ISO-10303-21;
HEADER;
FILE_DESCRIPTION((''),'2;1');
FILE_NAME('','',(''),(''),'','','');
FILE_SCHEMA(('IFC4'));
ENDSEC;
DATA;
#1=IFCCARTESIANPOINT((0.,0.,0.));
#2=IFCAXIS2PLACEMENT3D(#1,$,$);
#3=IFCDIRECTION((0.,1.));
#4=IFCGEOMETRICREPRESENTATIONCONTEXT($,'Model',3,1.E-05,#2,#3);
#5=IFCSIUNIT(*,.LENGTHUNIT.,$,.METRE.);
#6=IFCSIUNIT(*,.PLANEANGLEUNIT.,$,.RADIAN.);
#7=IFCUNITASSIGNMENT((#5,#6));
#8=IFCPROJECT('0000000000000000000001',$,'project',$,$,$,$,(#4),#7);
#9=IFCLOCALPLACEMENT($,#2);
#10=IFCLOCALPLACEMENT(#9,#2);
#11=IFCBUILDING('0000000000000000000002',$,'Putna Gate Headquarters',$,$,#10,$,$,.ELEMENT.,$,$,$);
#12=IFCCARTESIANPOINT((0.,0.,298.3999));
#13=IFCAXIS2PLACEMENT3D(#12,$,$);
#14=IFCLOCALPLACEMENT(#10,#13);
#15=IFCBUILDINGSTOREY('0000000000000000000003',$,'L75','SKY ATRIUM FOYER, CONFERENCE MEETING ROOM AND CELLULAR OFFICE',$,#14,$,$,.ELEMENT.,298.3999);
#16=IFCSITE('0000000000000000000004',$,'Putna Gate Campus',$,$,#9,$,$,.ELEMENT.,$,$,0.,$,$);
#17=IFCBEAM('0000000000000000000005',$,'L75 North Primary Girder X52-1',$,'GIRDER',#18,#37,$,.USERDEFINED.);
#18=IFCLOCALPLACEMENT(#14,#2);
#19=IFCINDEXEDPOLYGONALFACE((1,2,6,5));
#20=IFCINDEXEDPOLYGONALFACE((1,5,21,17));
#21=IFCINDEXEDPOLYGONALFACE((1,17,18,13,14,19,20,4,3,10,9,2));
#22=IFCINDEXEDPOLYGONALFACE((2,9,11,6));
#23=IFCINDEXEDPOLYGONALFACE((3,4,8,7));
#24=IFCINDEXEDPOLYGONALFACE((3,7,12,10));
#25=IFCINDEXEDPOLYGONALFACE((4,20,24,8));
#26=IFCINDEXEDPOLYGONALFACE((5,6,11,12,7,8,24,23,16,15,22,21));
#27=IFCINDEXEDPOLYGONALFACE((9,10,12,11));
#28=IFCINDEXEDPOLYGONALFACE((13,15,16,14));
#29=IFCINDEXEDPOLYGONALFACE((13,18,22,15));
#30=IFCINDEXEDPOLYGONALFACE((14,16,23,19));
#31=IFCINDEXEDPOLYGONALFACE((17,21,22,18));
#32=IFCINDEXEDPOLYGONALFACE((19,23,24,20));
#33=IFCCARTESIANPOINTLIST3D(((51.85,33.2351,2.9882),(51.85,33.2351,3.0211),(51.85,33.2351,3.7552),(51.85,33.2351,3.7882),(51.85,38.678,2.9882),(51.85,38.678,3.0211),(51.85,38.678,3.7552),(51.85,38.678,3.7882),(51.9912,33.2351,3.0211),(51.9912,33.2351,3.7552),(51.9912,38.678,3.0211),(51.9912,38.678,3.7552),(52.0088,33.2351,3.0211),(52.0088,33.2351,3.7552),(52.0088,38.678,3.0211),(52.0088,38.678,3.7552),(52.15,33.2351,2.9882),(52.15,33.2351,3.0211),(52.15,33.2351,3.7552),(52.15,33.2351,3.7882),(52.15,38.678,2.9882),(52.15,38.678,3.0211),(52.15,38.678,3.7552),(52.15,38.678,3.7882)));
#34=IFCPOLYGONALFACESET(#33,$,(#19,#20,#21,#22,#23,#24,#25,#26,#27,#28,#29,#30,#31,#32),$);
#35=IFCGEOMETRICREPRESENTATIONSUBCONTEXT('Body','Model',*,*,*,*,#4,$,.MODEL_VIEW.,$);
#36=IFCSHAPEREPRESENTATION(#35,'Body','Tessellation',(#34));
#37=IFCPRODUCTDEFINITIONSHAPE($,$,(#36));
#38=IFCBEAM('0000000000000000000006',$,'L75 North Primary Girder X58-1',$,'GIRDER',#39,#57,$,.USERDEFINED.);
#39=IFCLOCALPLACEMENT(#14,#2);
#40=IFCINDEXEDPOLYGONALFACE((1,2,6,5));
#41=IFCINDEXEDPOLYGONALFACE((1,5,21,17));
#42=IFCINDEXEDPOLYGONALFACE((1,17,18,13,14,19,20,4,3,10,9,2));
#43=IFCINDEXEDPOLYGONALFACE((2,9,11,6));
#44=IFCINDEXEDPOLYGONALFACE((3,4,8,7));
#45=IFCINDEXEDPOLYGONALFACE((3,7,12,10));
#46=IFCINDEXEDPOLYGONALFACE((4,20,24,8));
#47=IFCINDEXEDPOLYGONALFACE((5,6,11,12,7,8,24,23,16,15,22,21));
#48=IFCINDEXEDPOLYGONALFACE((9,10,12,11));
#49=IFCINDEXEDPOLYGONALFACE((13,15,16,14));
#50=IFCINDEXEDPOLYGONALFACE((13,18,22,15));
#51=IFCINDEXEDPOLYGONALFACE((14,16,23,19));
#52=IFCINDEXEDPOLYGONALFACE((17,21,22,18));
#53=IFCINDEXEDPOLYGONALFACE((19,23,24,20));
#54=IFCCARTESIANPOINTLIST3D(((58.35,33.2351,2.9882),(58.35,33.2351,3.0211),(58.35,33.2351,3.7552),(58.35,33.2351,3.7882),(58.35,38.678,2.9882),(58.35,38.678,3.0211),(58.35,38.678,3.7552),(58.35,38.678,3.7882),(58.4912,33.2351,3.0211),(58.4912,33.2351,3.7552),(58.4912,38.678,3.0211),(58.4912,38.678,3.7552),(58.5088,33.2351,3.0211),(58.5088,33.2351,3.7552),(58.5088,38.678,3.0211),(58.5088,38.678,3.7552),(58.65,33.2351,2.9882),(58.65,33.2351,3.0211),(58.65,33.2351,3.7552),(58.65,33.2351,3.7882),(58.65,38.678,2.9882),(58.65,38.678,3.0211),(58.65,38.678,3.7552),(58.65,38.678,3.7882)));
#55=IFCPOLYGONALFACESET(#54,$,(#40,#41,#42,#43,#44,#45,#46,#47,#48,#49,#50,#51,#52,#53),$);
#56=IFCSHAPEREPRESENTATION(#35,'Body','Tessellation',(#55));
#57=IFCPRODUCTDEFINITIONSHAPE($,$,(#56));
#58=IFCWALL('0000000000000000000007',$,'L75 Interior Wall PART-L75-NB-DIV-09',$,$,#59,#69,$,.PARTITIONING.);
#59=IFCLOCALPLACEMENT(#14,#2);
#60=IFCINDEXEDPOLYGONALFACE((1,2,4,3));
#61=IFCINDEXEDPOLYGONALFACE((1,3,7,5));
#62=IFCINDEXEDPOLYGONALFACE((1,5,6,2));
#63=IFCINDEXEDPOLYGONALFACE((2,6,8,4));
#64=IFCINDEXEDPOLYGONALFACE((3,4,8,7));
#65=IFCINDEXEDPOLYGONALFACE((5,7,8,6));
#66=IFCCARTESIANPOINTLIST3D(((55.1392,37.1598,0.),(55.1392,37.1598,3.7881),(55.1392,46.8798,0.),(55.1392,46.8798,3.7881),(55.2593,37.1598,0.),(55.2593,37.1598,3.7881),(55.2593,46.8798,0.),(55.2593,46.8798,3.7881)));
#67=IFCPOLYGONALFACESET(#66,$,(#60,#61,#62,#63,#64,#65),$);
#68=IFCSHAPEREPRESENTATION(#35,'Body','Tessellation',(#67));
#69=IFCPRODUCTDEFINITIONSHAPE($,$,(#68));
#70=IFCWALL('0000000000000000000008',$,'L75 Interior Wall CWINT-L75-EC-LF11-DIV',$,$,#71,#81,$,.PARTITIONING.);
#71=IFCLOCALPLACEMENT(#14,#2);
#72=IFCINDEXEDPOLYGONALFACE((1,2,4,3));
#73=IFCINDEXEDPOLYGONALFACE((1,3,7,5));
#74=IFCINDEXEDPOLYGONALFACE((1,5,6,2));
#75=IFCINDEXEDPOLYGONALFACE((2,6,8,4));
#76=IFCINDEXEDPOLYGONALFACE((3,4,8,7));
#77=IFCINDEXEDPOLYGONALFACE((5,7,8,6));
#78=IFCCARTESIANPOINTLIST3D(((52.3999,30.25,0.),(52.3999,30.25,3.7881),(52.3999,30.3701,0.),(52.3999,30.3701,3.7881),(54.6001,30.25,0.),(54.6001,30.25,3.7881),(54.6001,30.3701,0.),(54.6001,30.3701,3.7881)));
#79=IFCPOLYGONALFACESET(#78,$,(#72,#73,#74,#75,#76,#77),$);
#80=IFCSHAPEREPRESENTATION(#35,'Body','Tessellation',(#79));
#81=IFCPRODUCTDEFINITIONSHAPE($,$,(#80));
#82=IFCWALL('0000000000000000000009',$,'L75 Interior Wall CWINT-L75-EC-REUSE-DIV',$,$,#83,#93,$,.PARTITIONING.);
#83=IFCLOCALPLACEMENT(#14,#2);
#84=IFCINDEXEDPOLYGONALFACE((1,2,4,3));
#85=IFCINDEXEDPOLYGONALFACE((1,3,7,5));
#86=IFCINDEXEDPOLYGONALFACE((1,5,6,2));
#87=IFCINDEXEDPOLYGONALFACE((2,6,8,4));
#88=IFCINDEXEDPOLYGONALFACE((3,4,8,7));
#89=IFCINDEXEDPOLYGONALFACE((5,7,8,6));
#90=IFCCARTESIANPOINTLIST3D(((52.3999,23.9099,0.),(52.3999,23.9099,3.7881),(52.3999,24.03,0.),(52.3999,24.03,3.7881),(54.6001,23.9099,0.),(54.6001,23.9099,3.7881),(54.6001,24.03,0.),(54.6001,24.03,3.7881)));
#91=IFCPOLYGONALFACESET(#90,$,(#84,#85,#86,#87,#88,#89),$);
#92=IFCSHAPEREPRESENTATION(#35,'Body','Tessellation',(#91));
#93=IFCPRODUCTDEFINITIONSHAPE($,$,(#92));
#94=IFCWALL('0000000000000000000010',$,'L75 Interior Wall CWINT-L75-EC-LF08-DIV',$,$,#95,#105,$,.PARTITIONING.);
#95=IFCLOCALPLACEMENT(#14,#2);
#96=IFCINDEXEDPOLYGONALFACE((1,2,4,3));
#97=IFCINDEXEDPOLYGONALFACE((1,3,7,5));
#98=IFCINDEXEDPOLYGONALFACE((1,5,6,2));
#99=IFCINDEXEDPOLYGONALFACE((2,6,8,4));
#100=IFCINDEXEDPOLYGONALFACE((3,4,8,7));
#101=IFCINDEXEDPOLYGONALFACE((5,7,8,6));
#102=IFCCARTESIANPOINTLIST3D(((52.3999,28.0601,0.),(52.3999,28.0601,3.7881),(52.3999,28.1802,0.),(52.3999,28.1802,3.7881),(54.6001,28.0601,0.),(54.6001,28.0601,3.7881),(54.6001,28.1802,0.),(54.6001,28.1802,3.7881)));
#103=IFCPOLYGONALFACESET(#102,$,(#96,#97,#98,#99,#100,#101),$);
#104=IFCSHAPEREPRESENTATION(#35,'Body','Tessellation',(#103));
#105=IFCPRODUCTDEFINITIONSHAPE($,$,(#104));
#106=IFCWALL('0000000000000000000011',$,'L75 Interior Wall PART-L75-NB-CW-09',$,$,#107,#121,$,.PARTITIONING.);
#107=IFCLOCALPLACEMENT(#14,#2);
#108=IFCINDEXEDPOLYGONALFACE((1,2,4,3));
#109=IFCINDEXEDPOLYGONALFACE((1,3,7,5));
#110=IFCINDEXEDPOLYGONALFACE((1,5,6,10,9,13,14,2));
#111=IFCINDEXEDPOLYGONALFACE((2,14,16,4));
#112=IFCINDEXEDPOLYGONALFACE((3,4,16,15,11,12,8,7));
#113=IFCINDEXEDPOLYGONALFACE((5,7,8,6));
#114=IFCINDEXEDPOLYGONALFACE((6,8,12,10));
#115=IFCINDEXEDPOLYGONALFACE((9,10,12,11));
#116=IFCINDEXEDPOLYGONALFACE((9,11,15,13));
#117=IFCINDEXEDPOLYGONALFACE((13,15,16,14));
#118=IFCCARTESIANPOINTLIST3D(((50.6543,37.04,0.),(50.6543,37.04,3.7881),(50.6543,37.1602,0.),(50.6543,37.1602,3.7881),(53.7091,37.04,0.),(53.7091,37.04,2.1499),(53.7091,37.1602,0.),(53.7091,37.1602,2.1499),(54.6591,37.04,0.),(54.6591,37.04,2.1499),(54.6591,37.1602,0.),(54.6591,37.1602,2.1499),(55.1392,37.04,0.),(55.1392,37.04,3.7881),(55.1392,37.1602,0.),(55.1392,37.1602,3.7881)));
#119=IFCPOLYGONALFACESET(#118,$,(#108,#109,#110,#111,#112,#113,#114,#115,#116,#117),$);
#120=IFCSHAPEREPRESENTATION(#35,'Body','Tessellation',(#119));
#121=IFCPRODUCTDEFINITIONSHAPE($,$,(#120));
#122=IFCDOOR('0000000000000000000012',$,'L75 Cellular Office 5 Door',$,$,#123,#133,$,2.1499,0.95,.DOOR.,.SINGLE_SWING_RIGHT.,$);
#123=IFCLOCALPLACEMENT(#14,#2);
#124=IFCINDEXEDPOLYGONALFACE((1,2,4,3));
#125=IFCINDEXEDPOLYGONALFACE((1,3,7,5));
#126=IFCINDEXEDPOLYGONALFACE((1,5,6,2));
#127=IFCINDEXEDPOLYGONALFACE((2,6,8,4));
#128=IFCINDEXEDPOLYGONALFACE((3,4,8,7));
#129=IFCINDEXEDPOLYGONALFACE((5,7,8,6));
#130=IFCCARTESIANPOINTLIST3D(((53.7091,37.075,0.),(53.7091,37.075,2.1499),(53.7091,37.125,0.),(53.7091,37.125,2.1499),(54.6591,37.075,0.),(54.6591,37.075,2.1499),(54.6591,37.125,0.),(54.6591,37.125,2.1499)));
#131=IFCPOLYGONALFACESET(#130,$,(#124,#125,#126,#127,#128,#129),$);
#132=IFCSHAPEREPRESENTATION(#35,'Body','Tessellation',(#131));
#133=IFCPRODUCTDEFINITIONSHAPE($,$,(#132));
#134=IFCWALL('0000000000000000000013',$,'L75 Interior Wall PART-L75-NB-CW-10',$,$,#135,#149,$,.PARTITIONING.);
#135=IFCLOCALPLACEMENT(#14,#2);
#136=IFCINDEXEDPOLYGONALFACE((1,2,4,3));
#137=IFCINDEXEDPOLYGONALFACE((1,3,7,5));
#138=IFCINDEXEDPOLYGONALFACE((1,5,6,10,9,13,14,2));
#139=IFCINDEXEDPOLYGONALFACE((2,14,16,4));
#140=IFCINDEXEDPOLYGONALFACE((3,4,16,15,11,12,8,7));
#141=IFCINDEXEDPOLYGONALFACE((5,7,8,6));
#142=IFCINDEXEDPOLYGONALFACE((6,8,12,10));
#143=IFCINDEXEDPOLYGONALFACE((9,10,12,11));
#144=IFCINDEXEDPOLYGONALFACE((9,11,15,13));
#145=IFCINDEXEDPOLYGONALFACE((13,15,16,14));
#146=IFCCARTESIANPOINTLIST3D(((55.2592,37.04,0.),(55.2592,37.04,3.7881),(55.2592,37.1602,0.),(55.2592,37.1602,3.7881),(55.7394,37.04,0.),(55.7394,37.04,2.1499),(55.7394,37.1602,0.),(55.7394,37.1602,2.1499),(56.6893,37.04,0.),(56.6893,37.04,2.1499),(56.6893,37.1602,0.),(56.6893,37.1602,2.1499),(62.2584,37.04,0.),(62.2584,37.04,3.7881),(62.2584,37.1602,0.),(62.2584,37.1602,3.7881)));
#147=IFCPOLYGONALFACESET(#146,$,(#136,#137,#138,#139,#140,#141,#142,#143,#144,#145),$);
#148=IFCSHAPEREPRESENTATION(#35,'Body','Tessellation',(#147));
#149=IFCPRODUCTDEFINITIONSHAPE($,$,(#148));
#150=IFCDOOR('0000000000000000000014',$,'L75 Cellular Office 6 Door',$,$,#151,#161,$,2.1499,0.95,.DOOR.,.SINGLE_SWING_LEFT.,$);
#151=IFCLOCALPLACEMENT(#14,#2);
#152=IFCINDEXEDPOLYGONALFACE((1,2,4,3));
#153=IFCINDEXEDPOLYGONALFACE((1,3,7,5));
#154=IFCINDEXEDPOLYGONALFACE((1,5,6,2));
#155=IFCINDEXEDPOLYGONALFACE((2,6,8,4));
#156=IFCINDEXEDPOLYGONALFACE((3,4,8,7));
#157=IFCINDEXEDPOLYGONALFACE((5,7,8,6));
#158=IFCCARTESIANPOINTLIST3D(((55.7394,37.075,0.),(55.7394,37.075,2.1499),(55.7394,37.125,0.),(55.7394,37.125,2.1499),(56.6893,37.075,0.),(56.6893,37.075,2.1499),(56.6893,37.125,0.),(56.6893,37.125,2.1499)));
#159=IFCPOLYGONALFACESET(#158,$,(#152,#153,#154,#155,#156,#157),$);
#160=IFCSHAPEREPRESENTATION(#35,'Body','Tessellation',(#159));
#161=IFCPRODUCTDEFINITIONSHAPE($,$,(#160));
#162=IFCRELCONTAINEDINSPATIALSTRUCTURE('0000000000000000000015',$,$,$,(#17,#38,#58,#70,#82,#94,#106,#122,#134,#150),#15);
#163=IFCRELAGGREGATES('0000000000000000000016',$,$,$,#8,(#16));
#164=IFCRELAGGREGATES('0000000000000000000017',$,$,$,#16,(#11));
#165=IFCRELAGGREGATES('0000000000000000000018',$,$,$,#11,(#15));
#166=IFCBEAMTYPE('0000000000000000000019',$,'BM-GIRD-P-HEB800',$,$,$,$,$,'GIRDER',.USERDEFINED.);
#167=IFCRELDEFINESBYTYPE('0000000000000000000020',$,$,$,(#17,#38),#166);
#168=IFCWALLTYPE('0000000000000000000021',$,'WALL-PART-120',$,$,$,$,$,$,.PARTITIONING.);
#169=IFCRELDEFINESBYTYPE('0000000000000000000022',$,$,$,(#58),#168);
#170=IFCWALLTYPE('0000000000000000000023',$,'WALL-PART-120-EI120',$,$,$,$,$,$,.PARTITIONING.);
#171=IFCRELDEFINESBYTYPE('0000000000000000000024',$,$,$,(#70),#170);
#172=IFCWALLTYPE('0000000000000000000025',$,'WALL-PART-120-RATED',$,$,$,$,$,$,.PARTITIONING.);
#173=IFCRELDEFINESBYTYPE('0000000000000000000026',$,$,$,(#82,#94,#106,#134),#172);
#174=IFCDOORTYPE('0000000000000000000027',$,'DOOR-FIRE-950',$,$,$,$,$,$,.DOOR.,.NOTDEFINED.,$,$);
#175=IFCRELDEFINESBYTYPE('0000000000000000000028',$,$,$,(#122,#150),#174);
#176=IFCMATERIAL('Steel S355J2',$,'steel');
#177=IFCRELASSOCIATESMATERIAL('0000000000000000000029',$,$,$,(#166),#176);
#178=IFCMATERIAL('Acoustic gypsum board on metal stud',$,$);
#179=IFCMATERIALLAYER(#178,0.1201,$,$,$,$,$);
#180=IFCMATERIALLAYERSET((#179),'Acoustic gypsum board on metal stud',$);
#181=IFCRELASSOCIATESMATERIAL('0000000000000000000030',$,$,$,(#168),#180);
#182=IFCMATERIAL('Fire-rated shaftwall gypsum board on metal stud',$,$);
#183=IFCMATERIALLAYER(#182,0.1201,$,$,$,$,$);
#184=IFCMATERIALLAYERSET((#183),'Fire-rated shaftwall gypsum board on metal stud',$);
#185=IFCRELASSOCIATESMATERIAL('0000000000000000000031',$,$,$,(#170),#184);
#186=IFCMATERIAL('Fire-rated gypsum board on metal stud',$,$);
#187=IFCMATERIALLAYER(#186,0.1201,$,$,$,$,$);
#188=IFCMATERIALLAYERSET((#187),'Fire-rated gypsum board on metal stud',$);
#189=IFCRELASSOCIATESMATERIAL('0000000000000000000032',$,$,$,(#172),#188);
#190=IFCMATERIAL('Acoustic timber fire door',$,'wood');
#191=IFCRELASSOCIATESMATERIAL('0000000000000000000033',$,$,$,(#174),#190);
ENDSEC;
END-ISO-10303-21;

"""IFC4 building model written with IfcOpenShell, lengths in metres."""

from ifc_helpers import new_model, si_unit, direction, frame, frame_2d, origin, origin_2d, place, context, subcontext, project, spatial, rectangle, i_section, extrude, material, layer, layer_set, material_profile, profile_set, type_object, element, fill, save


model = new_model("IFC4")

# Units and contexts
model_context = context("Model", 3, precision=1e-05, world=origin(), true_north=direction((0.0, 1.0)))
body_context = subcontext(model_context, "Body", "Model", "MODEL_VIEW")
ifc_project = project(units=[si_unit("LENGTHUNIT", "METRE"), si_unit("PLANEANGLEUNIT", "RADIAN")], contexts=[model_context])

# Site, building, storey
site_placement = place(None, origin())
site = spatial("IfcSite", under=ifc_project, at=site_placement, Name="Putna Gate Campus", CompositionType="ELEMENT", RefElevation=0.0)
building_placement = place(site_placement, origin())
building = spatial("IfcBuilding", under=site, at=building_placement, Name="Putna Gate Headquarters", CompositionType="ELEMENT")
storey_placement = place(building_placement, frame((0.0, 0.0, 298.3999)))
storey = spatial("IfcBuildingStorey", under=building, at=storey_placement, Name="L75", Description="SKY ATRIUM FOYER, CONFERENCE MEETING ROOM AND CELLULAR OFFICE", CompositionType="ELEMENT", Elevation=298.3999)

# Beams
ifc_material_1 = material(Name="Steel S355J2", Category="steel")
ifc_material_profile = material_profile(ifc_material_1, i_section(OverallWidth=0.3, OverallDepth=0.8, WebThickness=0.0176, FlangeThickness=0.033, at=origin_2d()), Name="Steel S355J2")
ifc_profile_set = profile_set([ifc_material_profile], Name="Steel S355J2")
beam_type = type_object("IfcBeamType", Name="BM-GIRD-P-HEB800", ElementType="GIRDER", PredefinedType="USERDEFINED", material=ifc_profile_set)
for number, where, z_axis, x_axis, name in (
    (1, (52.0, 33.2351, 3.3882), (0.0, 1.0, 0.0), (-1.0, 0.0, 0.0), "L75 North Primary Girder X52-1"),
    (2, (58.5, 33.2351, 3.3882), (0.0, 1.0, 0.0), (-1.0, 0.0, 0.0), "L75 North Primary Girder X58-1"),
):
    element("IfcBeam", number, at=place(storey_placement, frame(where, z_axis=z_axis, x_axis=x_axis)), inside=storey, type_object=beam_type, Name=name, ObjectType="GIRDER", PredefinedType="USERDEFINED", context=body_context, shape_type="SweptSolid", body=[
        extrude(i_section(OverallWidth=0.3, OverallDepth=0.8, WebThickness=0.0176, FlangeThickness=0.033, at=origin_2d()), origin(), (0.0, 0.0, 1.0), 5.4429),
    ])

# Walls
ifc_material_2 = material(Name="Acoustic gypsum board on metal stud")
ifc_layer_1 = layer(ifc_material_2, 0.1201)
ifc_layer_set_1 = layer_set([ifc_layer_1], Name="Acoustic gypsum board on metal stud")
wall_type_1 = type_object("IfcWallType", Name="WALL-PART-120", PredefinedType="PARTITIONING", material=ifc_layer_set_1)
wall_1_placement = place(storey_placement, frame((55.1992, 37.1599, 0.0), z_axis=(0.0, 0.0, 1.0), x_axis=(0.0, 1.0, 0.0)))
element("IfcWall", 3, at=wall_1_placement, inside=storey, type_object=wall_type_1, Name="L75 Interior Wall PART-L75-NB-DIV-09", PredefinedType="PARTITIONING", context=body_context, shape_type="SweptSolid", body=[
    extrude(rectangle(XDim=9.72, YDim=0.1201, at=frame_2d((4.8599, 0.0))), origin(), (0.0, 0.0, 1.0), 3.7881),
])
ifc_material_3 = material(Name="Fire-rated shaftwall gypsum board on metal stud")
ifc_layer_2 = layer(ifc_material_3, 0.1201)
ifc_layer_set_2 = layer_set([ifc_layer_2], Name="Fire-rated shaftwall gypsum board on metal stud")
wall_type_2 = type_object("IfcWallType", Name="WALL-PART-120-EI120", PredefinedType="PARTITIONING", material=ifc_layer_set_2)
wall_2_placement = place(storey_placement, frame((52.3999, 30.3101, 0.0), z_axis=(0.0, 0.0, 1.0), x_axis=(1.0, 0.0, 0.0)))
element("IfcWall", 4, at=wall_2_placement, inside=storey, type_object=wall_type_2, Name="L75 Interior Wall CWINT-L75-EC-LF11-DIV", PredefinedType="PARTITIONING", context=body_context, shape_type="SweptSolid", body=[
    extrude(rectangle(XDim=2.2002, YDim=0.1201, at=frame_2d((1.1001, 0.0))), origin(), (0.0, 0.0, 1.0), 3.7881),
])
ifc_material_4 = material(Name="Fire-rated gypsum board on metal stud")
ifc_layer_3 = layer(ifc_material_4, 0.1201)
ifc_layer_set_3 = layer_set([ifc_layer_3], Name="Fire-rated gypsum board on metal stud")
wall_type_3 = type_object("IfcWallType", Name="WALL-PART-120-RATED", PredefinedType="PARTITIONING", material=ifc_layer_set_3)
for number, where, z_axis, x_axis, name in (
    (5, (52.3999, 23.97, 0.0), (0.0, 0.0, 1.0), (1.0, 0.0, 0.0), "L75 Interior Wall CWINT-L75-EC-REUSE-DIV"),
    (6, (52.3999, 28.1201, 0.0), (0.0, 0.0, 1.0), (1.0, 0.0, 0.0), "L75 Interior Wall CWINT-L75-EC-LF08-DIV"),
):
    element("IfcWall", number, at=place(storey_placement, frame(where, z_axis=z_axis, x_axis=x_axis)), inside=storey, type_object=wall_type_3, Name=name, PredefinedType="PARTITIONING", context=body_context, shape_type="SweptSolid", body=[
        extrude(rectangle(XDim=2.2002, YDim=0.1201, at=frame_2d((1.1001, 0.0))), origin(), (0.0, 0.0, 1.0), 3.7881),
    ])

# Walls, openings, doors
wall_3_placement = place(storey_placement, frame((50.6543, 37.1001, 0.0), z_axis=(0.0, 0.0, 1.0), x_axis=(1.0, 0.0, 0.0)))
wall_3 = element("IfcWall", 7, at=wall_3_placement, inside=storey, type_object=wall_type_3, Name="L75 Interior Wall PART-L75-NB-CW-09", PredefinedType="PARTITIONING", context=body_context, shape_type="SweptSolid", body=[
    extrude(rectangle(XDim=4.4849, YDim=0.1201, at=frame_2d((2.2424, 0.0))), origin(), (0.0, 0.0, 1.0), 3.7881),
])
opening_1_placement = place(wall_3_placement, frame((3.0547, 0.0, 0.0)))
opening_1 = element("IfcOpeningElement", 8, at=opening_1_placement, cuts=wall_3, PredefinedType="OPENING", context=body_context, shape_type="SweptSolid", body=[
    extrude(rectangle(XDim=0.95, YDim=2.1499, at=frame_2d((0.4751, 1.075))), frame((0.0, 0.0701, 0.0), z_axis=(0.0, -1.0, 0.0), x_axis=(1.0, 0.0, 0.0)), (0.0, 0.0, 1.0), 0.1401),
])
ifc_material_5 = material(Name="Acoustic timber fire door", Category="wood")
door_type_1 = type_object("IfcDoorType", Name="DOOR-FIRE-950", OperationType="NOTDEFINED", PredefinedType="DOOR", material=ifc_material_5)
door_1_placement = place(opening_1_placement, origin())
door_1 = element("IfcDoor", 9, at=door_1_placement, inside=storey, type_object=door_type_1, Name="L75 Cellular Office 5 Door", OperationType="SINGLE_SWING_RIGHT", OverallHeight=2.1499, OverallWidth=0.95, PredefinedType="DOOR", context=body_context, shape_type="SweptSolid", body=[
    extrude(rectangle(XDim=0.95, YDim=2.1499, at=frame_2d((0.4751, 1.075))), frame((0.0, 0.0249, 0.0), z_axis=(0.0, -1.0, 0.0), x_axis=(1.0, 0.0, 0.0)), (0.0, 0.0, 1.0), 0.05),
])
fill(opening_1, door_1)
wall_4_placement = place(storey_placement, frame((55.2593, 37.1001, 0.0), z_axis=(0.0, 0.0, 1.0), x_axis=(1.0, 0.0, 0.0)))
wall_4 = element("IfcWall", 10, at=wall_4_placement, inside=storey, type_object=wall_type_3, Name="L75 Interior Wall PART-L75-NB-CW-10", PredefinedType="PARTITIONING", context=body_context, shape_type="SweptSolid", body=[
    extrude(rectangle(XDim=6.9993, YDim=0.1201, at=frame_2d((3.4995, 0.0))), origin(), (0.0, 0.0, 1.0), 3.7881),
])
opening_2_placement = place(wall_4_placement, frame((0.48, 0.0, 0.0)))
opening_2 = element("IfcOpeningElement", 11, at=opening_2_placement, cuts=wall_4, PredefinedType="OPENING", context=body_context, shape_type="SweptSolid", body=[
    extrude(rectangle(XDim=0.95, YDim=2.1499, at=frame_2d((0.4751, 1.075))), frame((0.0, 0.0701, 0.0), z_axis=(0.0, -1.0, 0.0), x_axis=(1.0, 0.0, 0.0)), (0.0, 0.0, 1.0), 0.1401),
])
door_2_placement = place(opening_2_placement, origin())
door_2 = element("IfcDoor", 12, at=door_2_placement, inside=storey, type_object=door_type_1, Name="L75 Cellular Office 6 Door", OperationType="SINGLE_SWING_LEFT", OverallHeight=2.1499, OverallWidth=0.95, PredefinedType="DOOR", context=body_context, shape_type="SweptSolid", body=[
    extrude(rectangle(XDim=0.95, YDim=2.1499, at=frame_2d((0.4751, 1.075))), frame((0.0, 0.0249, 0.0), z_axis=(0.0, -1.0, 0.0), x_axis=(1.0, 0.0, 0.0)), (0.0, 0.0, 1.0), 0.05),
])
fill(opening_2, door_2)

save(model, "model.ifc")
